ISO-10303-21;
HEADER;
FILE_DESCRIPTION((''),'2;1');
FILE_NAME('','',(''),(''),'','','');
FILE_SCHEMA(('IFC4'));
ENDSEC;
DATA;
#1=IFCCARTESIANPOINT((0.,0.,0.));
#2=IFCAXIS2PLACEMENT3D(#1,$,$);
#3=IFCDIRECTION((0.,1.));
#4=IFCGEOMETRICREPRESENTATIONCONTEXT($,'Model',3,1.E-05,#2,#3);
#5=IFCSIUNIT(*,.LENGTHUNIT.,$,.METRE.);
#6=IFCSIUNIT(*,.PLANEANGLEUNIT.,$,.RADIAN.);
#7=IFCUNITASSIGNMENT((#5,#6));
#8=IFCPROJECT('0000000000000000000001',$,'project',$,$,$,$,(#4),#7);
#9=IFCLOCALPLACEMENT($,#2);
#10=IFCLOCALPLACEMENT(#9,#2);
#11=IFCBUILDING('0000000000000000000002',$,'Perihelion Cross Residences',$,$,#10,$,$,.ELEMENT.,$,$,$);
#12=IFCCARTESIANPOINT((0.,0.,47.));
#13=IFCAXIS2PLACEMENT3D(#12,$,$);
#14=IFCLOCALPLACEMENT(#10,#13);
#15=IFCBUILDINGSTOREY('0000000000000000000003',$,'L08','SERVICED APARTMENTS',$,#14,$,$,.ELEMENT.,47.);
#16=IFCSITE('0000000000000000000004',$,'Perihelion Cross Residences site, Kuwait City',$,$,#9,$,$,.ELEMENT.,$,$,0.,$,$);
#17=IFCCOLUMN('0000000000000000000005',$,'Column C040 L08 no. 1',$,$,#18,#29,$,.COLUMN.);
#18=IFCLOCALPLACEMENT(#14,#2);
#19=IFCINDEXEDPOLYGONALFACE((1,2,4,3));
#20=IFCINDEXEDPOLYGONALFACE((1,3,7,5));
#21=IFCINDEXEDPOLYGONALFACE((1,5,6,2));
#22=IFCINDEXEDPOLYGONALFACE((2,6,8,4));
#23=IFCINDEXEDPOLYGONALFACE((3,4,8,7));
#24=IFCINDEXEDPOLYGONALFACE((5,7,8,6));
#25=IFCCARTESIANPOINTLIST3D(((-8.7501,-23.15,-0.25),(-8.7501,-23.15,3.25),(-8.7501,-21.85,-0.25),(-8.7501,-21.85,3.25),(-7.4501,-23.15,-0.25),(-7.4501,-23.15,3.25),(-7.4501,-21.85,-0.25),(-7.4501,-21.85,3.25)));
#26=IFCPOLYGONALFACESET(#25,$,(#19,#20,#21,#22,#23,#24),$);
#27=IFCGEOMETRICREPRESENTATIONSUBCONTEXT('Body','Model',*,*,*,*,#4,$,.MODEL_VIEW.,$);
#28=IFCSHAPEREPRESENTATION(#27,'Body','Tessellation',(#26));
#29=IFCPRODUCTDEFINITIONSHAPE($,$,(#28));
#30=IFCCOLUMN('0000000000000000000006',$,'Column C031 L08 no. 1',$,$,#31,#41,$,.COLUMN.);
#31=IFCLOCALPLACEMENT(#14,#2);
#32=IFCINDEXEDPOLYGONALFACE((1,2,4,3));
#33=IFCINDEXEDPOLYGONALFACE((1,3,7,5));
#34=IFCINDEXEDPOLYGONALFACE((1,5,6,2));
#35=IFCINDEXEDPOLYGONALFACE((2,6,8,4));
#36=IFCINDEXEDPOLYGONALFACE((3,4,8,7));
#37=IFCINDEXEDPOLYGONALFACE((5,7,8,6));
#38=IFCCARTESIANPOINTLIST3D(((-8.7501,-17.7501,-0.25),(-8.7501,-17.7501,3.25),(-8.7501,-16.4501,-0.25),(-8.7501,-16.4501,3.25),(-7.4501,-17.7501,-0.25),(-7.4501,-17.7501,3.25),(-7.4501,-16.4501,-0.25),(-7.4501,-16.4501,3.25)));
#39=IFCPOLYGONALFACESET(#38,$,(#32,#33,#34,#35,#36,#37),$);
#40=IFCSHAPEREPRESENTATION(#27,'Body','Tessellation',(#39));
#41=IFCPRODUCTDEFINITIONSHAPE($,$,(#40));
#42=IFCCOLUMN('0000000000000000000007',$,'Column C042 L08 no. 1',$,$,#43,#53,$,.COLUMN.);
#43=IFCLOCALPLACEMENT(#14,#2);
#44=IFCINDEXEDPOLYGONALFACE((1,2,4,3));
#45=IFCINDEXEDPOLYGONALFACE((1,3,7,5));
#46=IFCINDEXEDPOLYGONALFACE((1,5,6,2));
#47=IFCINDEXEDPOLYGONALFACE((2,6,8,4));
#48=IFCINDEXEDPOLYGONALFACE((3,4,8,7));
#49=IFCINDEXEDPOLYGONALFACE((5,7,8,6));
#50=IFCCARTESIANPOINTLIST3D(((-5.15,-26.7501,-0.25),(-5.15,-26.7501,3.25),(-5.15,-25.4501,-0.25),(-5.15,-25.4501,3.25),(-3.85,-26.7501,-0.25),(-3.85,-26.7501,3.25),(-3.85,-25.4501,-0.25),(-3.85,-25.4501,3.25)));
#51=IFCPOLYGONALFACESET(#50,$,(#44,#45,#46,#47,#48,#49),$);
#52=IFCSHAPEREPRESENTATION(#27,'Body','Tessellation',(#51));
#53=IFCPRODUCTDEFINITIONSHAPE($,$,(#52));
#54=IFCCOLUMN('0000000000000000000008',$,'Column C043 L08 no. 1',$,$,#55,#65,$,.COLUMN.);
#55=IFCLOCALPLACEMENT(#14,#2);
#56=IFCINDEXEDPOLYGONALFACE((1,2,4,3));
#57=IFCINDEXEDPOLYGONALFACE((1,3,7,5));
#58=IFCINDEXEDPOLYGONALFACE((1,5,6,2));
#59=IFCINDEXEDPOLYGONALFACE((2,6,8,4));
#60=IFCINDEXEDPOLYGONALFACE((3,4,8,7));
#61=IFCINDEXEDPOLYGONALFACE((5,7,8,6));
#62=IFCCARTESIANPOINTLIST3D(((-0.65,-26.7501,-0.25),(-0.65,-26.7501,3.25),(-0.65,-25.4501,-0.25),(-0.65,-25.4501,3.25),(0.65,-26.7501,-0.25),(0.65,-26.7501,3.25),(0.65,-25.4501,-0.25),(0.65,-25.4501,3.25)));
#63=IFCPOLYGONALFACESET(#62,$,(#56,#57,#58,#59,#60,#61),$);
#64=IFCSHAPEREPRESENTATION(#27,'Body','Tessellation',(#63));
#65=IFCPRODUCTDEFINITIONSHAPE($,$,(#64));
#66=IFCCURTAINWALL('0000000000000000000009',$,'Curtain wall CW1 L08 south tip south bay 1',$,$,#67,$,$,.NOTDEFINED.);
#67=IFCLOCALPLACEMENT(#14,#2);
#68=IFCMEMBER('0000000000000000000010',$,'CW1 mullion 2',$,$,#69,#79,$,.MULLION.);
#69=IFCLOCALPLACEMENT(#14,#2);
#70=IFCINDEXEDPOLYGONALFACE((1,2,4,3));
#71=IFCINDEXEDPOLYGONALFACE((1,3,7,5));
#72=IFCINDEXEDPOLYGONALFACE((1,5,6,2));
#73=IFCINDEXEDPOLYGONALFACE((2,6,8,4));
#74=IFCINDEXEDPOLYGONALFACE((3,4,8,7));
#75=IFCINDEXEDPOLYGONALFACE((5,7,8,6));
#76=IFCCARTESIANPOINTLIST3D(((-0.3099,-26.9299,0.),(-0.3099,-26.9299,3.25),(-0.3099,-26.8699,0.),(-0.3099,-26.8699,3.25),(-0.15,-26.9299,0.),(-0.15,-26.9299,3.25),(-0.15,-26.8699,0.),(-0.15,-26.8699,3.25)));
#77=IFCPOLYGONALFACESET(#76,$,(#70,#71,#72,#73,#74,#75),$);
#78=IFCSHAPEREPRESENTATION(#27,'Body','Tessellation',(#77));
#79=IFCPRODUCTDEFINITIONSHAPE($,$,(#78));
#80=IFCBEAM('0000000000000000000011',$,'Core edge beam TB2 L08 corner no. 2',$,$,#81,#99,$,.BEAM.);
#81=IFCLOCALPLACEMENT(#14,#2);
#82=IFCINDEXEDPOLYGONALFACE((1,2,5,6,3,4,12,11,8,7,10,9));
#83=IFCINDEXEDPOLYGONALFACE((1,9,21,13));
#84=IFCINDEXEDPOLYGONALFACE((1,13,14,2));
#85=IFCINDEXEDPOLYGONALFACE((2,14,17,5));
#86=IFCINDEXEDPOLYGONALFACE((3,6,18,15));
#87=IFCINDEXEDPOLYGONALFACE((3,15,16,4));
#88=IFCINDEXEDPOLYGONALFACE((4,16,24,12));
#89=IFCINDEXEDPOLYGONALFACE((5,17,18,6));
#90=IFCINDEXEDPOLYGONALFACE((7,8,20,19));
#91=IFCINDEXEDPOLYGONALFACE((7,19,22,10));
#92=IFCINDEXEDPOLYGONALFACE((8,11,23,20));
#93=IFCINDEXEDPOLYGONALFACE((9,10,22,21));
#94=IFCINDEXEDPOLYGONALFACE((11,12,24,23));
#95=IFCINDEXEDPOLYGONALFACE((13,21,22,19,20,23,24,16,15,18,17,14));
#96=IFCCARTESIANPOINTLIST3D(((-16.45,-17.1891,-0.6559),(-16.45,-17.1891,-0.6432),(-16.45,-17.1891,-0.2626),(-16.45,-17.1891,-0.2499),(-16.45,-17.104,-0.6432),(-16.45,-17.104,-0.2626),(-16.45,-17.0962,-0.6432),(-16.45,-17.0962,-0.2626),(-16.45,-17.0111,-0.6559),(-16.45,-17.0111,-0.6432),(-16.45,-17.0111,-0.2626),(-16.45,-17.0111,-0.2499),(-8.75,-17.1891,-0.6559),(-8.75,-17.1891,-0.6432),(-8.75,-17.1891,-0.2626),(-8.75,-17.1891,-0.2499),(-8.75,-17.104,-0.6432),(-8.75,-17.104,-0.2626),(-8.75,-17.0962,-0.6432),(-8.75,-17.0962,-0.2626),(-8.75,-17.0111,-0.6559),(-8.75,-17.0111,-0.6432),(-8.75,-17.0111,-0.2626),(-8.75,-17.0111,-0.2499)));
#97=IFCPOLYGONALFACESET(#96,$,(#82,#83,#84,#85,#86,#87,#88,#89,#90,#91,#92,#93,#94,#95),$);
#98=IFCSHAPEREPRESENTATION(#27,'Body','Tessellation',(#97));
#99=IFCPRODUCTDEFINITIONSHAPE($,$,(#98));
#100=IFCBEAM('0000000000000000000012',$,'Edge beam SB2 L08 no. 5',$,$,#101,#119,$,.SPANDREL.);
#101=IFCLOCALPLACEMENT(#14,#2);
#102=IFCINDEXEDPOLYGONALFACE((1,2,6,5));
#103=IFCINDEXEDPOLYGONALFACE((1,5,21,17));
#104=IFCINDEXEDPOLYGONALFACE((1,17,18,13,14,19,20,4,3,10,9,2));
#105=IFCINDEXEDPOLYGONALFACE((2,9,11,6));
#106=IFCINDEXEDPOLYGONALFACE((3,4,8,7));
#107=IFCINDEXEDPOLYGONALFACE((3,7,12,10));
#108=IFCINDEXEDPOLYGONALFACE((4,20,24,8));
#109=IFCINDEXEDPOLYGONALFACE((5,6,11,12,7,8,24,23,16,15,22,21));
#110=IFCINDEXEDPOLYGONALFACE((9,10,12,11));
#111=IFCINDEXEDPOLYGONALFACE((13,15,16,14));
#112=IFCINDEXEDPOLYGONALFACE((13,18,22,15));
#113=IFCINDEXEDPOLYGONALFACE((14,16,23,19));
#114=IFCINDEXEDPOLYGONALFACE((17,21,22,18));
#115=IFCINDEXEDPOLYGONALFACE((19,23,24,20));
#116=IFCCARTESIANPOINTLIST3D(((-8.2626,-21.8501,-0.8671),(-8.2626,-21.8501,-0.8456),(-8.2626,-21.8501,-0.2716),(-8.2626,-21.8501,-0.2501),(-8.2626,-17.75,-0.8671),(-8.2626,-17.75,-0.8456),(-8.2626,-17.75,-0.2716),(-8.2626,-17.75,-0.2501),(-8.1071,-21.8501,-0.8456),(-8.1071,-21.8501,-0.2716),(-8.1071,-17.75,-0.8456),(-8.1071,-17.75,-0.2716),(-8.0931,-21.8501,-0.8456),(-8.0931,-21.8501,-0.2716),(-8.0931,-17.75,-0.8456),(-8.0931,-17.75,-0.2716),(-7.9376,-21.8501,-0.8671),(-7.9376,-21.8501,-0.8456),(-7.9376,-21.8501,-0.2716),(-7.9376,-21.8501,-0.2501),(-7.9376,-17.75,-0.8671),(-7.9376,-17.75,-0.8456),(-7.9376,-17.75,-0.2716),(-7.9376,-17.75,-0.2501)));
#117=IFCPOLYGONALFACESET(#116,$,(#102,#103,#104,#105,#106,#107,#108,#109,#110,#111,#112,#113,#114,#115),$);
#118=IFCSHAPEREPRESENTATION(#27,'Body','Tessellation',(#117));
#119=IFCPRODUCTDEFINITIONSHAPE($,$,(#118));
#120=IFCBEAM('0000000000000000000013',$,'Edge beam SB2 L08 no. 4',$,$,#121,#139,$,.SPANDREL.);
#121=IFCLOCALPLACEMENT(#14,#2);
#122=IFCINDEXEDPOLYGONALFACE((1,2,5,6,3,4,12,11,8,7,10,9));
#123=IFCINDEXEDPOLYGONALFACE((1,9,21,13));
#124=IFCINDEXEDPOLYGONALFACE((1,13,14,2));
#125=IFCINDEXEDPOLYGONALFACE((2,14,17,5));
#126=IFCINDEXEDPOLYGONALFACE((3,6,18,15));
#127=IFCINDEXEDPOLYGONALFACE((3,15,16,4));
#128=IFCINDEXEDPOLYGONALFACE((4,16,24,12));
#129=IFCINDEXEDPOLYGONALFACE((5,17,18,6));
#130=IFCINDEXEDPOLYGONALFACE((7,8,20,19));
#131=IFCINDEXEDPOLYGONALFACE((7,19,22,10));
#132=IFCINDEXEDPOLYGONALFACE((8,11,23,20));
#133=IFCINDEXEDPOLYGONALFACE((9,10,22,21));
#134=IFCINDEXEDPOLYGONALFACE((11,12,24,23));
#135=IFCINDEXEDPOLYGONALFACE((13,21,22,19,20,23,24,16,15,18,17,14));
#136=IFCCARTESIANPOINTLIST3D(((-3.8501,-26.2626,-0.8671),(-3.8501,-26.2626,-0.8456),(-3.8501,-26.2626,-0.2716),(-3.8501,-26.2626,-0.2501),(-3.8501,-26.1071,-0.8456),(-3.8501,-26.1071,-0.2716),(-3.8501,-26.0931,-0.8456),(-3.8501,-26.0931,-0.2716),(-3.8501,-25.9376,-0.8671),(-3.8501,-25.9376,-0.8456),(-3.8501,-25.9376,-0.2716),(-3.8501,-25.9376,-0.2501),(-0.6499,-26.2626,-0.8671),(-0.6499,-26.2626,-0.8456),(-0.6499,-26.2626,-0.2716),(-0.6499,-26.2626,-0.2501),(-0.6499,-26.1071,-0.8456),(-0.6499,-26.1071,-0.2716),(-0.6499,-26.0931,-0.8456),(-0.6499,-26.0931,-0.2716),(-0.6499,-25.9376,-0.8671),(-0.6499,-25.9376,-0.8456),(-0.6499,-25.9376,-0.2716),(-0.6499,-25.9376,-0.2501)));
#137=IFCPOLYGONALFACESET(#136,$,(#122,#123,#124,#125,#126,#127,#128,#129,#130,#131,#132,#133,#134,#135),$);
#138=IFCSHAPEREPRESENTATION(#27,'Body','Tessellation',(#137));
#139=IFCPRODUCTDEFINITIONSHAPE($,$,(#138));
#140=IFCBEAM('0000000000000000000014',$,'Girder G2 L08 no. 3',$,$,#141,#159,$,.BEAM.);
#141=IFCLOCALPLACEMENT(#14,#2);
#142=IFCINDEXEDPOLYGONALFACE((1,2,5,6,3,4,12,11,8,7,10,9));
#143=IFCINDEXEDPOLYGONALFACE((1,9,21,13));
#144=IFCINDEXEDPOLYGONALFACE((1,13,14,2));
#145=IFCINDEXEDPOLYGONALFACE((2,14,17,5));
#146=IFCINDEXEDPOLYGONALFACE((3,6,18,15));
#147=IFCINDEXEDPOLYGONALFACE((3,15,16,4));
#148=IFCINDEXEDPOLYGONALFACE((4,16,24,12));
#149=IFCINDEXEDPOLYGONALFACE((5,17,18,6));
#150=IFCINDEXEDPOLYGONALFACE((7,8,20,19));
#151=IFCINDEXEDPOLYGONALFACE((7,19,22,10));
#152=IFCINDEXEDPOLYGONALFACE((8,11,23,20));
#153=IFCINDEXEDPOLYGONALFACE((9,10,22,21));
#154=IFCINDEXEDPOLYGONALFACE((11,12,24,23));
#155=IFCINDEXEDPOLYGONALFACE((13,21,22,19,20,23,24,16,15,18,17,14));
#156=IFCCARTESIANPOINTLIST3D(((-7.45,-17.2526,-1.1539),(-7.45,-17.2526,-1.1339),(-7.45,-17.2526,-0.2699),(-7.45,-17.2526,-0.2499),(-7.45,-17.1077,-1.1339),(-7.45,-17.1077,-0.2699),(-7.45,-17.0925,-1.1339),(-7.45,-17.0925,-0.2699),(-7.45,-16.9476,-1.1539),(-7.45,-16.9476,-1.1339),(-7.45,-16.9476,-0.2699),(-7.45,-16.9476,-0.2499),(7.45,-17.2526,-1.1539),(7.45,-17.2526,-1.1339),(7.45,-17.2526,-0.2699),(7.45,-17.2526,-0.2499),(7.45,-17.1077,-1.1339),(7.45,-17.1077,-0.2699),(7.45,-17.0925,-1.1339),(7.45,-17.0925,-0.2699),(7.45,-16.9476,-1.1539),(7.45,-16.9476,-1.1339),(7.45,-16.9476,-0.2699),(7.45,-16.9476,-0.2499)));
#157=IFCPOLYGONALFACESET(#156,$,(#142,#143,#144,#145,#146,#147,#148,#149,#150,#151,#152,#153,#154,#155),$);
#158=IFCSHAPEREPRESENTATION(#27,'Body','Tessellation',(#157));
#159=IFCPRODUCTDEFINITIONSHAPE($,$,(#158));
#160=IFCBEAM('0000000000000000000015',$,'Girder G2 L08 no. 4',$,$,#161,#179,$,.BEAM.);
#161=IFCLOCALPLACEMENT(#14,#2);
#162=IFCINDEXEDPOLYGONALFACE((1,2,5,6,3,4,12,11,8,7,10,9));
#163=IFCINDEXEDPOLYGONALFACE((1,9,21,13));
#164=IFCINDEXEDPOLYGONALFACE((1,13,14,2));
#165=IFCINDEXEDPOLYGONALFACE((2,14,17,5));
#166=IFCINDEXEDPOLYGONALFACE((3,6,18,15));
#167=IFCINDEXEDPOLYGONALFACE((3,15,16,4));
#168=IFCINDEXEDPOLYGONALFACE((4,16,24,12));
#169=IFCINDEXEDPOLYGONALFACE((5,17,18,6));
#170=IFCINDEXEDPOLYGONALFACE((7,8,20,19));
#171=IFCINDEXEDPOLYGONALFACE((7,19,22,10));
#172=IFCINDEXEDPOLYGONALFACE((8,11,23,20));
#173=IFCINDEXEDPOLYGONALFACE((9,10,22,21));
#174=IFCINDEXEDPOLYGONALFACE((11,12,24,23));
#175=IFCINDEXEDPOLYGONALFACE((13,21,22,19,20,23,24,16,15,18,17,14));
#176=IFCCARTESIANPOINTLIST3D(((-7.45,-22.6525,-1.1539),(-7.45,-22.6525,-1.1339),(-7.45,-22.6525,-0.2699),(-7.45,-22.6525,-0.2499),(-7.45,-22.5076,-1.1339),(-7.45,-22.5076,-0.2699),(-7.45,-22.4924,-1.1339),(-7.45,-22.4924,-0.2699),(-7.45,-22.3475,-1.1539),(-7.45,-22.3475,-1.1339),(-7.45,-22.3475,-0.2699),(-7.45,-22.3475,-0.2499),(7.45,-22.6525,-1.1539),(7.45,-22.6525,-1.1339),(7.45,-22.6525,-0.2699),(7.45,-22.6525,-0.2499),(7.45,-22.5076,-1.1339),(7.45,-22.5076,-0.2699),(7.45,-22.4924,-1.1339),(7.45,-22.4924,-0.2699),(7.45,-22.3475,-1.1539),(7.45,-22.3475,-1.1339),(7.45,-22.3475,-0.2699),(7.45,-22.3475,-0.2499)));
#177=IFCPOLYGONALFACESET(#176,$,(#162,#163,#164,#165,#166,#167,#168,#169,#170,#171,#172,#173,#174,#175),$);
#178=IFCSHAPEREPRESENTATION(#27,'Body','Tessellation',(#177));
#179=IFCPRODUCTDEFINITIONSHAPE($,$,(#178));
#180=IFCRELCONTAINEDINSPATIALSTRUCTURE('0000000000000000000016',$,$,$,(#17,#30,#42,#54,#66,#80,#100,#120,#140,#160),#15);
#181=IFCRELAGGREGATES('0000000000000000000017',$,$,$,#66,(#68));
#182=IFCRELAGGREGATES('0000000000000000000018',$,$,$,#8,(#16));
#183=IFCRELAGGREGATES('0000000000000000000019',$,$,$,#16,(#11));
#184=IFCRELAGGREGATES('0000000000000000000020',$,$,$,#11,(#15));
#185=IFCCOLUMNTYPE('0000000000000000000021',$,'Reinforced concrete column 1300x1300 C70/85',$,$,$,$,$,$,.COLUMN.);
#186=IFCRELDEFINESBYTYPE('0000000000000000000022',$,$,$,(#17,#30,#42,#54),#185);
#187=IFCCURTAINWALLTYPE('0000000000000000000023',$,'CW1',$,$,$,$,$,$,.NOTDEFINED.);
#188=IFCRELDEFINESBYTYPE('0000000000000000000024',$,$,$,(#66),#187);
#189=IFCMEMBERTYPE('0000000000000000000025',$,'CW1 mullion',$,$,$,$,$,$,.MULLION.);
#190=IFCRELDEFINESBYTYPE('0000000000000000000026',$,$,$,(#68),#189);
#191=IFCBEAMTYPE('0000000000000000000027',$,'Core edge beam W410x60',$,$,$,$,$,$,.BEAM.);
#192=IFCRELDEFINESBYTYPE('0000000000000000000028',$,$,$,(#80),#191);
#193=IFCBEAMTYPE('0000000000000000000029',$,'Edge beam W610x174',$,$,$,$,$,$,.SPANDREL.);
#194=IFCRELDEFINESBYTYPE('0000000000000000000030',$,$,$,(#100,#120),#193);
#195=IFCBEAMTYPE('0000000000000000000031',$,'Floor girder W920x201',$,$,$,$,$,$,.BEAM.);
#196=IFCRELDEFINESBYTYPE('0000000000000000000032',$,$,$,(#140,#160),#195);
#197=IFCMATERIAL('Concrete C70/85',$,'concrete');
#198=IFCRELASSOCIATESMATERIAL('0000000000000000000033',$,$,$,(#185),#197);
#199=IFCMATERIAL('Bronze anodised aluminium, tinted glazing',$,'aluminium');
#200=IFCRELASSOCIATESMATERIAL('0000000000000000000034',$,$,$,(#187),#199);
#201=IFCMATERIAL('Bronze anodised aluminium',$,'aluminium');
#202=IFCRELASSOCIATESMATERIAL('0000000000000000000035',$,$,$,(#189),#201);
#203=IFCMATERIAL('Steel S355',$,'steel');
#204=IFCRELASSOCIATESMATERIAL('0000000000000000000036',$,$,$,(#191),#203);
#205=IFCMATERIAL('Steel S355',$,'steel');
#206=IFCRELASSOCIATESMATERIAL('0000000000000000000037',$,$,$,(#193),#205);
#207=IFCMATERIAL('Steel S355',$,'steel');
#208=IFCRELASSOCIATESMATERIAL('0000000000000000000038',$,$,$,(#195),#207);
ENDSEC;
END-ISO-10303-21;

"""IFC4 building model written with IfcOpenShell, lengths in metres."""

from ifc_helpers import new_model, si_unit, direction, frame, origin, origin_2d, place, context, subcontext, project, spatial, rectangle, i_section, extrude, material, material_profile, profile_set, type_object, element, aggregate, save


model = new_model("IFC4")

# Units and contexts
model_context = context("Model", 3, precision=1e-05, world=origin(), true_north=direction((0.0, 1.0)))
body_context = subcontext(model_context, "Body", "Model", "MODEL_VIEW")
ifc_project = project(units=[si_unit("LENGTHUNIT", "METRE"), si_unit("PLANEANGLEUNIT", "RADIAN")], contexts=[model_context])

# Site, building, storey
site_placement = place(None, origin())
site = spatial("IfcSite", under=ifc_project, at=site_placement, Name="Perihelion Cross Residences site, Kuwait City", CompositionType="ELEMENT", RefElevation=0.0)
building_placement = place(site_placement, origin())
building = spatial("IfcBuilding", under=site, at=building_placement, Name="Perihelion Cross Residences", CompositionType="ELEMENT")
storey_placement = place(building_placement, frame((0.0, 0.0, 47.0)))
storey = spatial("IfcBuildingStorey", under=building, at=storey_placement, Name="L08", Description="SERVICED APARTMENTS", CompositionType="ELEMENT", Elevation=47.0)

# Columns
ifc_material_1 = material(Name="Concrete C70/85", Category="concrete")
ifc_material_profile_1 = material_profile(ifc_material_1, rectangle(XDim=1.3, YDim=1.3, at=origin_2d()), Name="RC 1300x1300")
ifc_profile_set_1 = profile_set([ifc_material_profile_1], Name="Concrete C70/85")
column_type = type_object("IfcColumnType", Name="Reinforced concrete column 1300x1300 C70/85", PredefinedType="COLUMN", material=ifc_profile_set_1)
for number, where, z_axis, x_axis, name in (
    (1, (-8.1001, -22.5, -0.25), (0.0, 0.0, 1.0), (1.0, 0.0, 0.0), "Column C040 L08 no. 1"),
    (2, (-8.1001, -17.1001, -0.25), (0.0, 0.0, 1.0), (1.0, 0.0, 0.0), "Column C031 L08 no. 1"),
    (3, (-4.5, -26.1001, -0.25), (0.0, 0.0, 1.0), (1.0, 0.0, 0.0), "Column C042 L08 no. 1"),
    (4, (0.0, -26.1001, -0.25), (0.0, 0.0, 1.0), (1.0, 0.0, 0.0), "Column C043 L08 no. 1"),
):
    element("IfcColumn", number, at=place(storey_placement, frame(where, z_axis=z_axis, x_axis=x_axis)), inside=storey, type_object=column_type, Name=name, PredefinedType="COLUMN", context=body_context, shape_type="SweptSolid", body=[
        extrude(rectangle(XDim=1.3, YDim=1.3, at=origin_2d()), origin(), (0.0, 0.0, 1.0), 3.5),
    ])

# Curtain wall, member
ifc_material_2 = material(Name="Bronze anodised aluminium, tinted glazing", Category="aluminium")
curtain_wall_type = type_object("IfcCurtainWallType", Name="CW1", PredefinedType="NOTDEFINED", material=ifc_material_2)
curtain_wall_placement = place(storey_placement, origin())
curtain_wall = element("IfcCurtainWall", 5, at=curtain_wall_placement, inside=storey, type_object=curtain_wall_type, Name="Curtain wall CW1 L08 south tip south bay 1", PredefinedType="NOTDEFINED")
ifc_material_3 = material(Name="Bronze anodised aluminium", Category="aluminium")
ifc_material_profile_2 = material_profile(ifc_material_3, rectangle(XDim=0.0601, YDim=0.1599, at=origin_2d()), Name="CW1 mullion")
ifc_profile_set_2 = profile_set([ifc_material_profile_2], Name="Bronze anodised aluminium")
member_type = type_object("IfcMemberType", Name="CW1 mullion", PredefinedType="MULLION", material=ifc_profile_set_2)
member_placement = place(storey_placement, frame((-0.23, -26.8999, 0.0), z_axis=(0.0, 0.0, 1.0), x_axis=(0.0, 1.0, 0.0)))
member = element("IfcMember", 6, at=member_placement, type_object=member_type, Name="CW1 mullion 2", PredefinedType="MULLION", context=body_context, shape_type="SweptSolid", body=[
    extrude(rectangle(XDim=0.0601, YDim=0.1599, at=origin_2d()), origin(), (0.0, 0.0, 1.0), 3.25),
])

# Beams
ifc_material_4 = material(Name="Steel S355", Category="steel")
ifc_material_profile_3 = material_profile(ifc_material_4, i_section(OverallWidth=0.178, OverallDepth=0.406, WebThickness=0.0078, FlangeThickness=0.0127, at=origin_2d()), Name="W410x60")
ifc_profile_set_3 = profile_set([ifc_material_profile_3], Name="Steel S355")
beam_type_1 = type_object("IfcBeamType", Name="Core edge beam W410x60", PredefinedType="BEAM", material=ifc_profile_set_3)
beam_1_placement = place(storey_placement, frame((-8.75, -17.1001, -0.4529), z_axis=(-1.0, 0.0, 0.0), x_axis=(0.0, -1.0, 0.0)))
element("IfcBeam", 7, at=beam_1_placement, inside=storey, type_object=beam_type_1, Name="Core edge beam TB2 L08 corner no. 2", PredefinedType="BEAM", context=body_context, shape_type="SweptSolid", body=[
    extrude(i_section(OverallWidth=0.178, OverallDepth=0.406, WebThickness=0.0078, FlangeThickness=0.0127, at=origin_2d()), origin(), (0.0, 0.0, 1.0), 7.7),
])
ifc_material_5 = material(Name="Steel S355", Category="steel")
ifc_material_profile_4 = material_profile(ifc_material_5, i_section(OverallWidth=0.325, OverallDepth=0.6169, WebThickness=0.0139, FlangeThickness=0.0215, at=origin_2d()), Name="W610x174")
ifc_profile_set_4 = profile_set([ifc_material_profile_4], Name="Steel S355")
beam_type_2 = type_object("IfcBeamType", Name="Edge beam W610x174", PredefinedType="SPANDREL", material=ifc_profile_set_4)
beam_2_placement = place(storey_placement, frame((-8.1001, -17.75, -0.5586), z_axis=(0.0, -1.0, 0.0), x_axis=(1.0, 0.0, 0.0)))
element("IfcBeam", 8, at=beam_2_placement, inside=storey, type_object=beam_type_2, Name="Edge beam SB2 L08 no. 5", PredefinedType="SPANDREL", context=body_context, shape_type="SweptSolid", body=[
    extrude(i_section(OverallWidth=0.325, OverallDepth=0.6169, WebThickness=0.0139, FlangeThickness=0.0215, at=origin_2d()), origin(), (0.0, 0.0, 1.0), 4.1001),
])
beam_3_placement = place(storey_placement, frame((-3.8501, -26.1001, -0.5586), z_axis=(1.0, 0.0, 0.0), x_axis=(0.0, 1.0, 0.0)))
element("IfcBeam", 9, at=beam_3_placement, inside=storey, type_object=beam_type_2, Name="Edge beam SB2 L08 no. 4", PredefinedType="SPANDREL", context=body_context, shape_type="SweptSolid", body=[
    extrude(i_section(OverallWidth=0.325, OverallDepth=0.6169, WebThickness=0.0139, FlangeThickness=0.0215, at=origin_2d()), origin(), (0.0, 0.0, 1.0), 3.2002),
])
ifc_material_6 = material(Name="Steel S355", Category="steel")
ifc_material_profile_5 = material_profile(ifc_material_6, i_section(OverallWidth=0.3049, OverallDepth=0.9041, WebThickness=0.0151, FlangeThickness=0.02, at=origin_2d()), Name="W920x201")
ifc_profile_set_5 = profile_set([ifc_material_profile_5], Name="Steel S355")
beam_type_3 = type_object("IfcBeamType", Name="Floor girder W920x201", PredefinedType="BEAM", material=ifc_profile_set_5)
for number, where, z_axis, x_axis, name in (
    (10, (-7.45, -17.1001, -0.7019), (1.0, 0.0, 0.0), (0.0, 1.0, 0.0), "Girder G2 L08 no. 3"),
    (11, (-7.45, -22.5, -0.7019), (1.0, 0.0, 0.0), (0.0, 1.0, 0.0), "Girder G2 L08 no. 4"),
):
    element("IfcBeam", number, at=place(storey_placement, frame(where, z_axis=z_axis, x_axis=x_axis)), inside=storey, type_object=beam_type_3, Name=name, PredefinedType="BEAM", context=body_context, shape_type="SweptSolid", body=[
        extrude(i_section(OverallWidth=0.3049, OverallDepth=0.9041, WebThickness=0.0151, FlangeThickness=0.02, at=origin_2d()), origin(), (0.0, 0.0, 1.0), 14.8999),
    ])

aggregate(curtain_wall, [member])

save(model, "model.ifc")
